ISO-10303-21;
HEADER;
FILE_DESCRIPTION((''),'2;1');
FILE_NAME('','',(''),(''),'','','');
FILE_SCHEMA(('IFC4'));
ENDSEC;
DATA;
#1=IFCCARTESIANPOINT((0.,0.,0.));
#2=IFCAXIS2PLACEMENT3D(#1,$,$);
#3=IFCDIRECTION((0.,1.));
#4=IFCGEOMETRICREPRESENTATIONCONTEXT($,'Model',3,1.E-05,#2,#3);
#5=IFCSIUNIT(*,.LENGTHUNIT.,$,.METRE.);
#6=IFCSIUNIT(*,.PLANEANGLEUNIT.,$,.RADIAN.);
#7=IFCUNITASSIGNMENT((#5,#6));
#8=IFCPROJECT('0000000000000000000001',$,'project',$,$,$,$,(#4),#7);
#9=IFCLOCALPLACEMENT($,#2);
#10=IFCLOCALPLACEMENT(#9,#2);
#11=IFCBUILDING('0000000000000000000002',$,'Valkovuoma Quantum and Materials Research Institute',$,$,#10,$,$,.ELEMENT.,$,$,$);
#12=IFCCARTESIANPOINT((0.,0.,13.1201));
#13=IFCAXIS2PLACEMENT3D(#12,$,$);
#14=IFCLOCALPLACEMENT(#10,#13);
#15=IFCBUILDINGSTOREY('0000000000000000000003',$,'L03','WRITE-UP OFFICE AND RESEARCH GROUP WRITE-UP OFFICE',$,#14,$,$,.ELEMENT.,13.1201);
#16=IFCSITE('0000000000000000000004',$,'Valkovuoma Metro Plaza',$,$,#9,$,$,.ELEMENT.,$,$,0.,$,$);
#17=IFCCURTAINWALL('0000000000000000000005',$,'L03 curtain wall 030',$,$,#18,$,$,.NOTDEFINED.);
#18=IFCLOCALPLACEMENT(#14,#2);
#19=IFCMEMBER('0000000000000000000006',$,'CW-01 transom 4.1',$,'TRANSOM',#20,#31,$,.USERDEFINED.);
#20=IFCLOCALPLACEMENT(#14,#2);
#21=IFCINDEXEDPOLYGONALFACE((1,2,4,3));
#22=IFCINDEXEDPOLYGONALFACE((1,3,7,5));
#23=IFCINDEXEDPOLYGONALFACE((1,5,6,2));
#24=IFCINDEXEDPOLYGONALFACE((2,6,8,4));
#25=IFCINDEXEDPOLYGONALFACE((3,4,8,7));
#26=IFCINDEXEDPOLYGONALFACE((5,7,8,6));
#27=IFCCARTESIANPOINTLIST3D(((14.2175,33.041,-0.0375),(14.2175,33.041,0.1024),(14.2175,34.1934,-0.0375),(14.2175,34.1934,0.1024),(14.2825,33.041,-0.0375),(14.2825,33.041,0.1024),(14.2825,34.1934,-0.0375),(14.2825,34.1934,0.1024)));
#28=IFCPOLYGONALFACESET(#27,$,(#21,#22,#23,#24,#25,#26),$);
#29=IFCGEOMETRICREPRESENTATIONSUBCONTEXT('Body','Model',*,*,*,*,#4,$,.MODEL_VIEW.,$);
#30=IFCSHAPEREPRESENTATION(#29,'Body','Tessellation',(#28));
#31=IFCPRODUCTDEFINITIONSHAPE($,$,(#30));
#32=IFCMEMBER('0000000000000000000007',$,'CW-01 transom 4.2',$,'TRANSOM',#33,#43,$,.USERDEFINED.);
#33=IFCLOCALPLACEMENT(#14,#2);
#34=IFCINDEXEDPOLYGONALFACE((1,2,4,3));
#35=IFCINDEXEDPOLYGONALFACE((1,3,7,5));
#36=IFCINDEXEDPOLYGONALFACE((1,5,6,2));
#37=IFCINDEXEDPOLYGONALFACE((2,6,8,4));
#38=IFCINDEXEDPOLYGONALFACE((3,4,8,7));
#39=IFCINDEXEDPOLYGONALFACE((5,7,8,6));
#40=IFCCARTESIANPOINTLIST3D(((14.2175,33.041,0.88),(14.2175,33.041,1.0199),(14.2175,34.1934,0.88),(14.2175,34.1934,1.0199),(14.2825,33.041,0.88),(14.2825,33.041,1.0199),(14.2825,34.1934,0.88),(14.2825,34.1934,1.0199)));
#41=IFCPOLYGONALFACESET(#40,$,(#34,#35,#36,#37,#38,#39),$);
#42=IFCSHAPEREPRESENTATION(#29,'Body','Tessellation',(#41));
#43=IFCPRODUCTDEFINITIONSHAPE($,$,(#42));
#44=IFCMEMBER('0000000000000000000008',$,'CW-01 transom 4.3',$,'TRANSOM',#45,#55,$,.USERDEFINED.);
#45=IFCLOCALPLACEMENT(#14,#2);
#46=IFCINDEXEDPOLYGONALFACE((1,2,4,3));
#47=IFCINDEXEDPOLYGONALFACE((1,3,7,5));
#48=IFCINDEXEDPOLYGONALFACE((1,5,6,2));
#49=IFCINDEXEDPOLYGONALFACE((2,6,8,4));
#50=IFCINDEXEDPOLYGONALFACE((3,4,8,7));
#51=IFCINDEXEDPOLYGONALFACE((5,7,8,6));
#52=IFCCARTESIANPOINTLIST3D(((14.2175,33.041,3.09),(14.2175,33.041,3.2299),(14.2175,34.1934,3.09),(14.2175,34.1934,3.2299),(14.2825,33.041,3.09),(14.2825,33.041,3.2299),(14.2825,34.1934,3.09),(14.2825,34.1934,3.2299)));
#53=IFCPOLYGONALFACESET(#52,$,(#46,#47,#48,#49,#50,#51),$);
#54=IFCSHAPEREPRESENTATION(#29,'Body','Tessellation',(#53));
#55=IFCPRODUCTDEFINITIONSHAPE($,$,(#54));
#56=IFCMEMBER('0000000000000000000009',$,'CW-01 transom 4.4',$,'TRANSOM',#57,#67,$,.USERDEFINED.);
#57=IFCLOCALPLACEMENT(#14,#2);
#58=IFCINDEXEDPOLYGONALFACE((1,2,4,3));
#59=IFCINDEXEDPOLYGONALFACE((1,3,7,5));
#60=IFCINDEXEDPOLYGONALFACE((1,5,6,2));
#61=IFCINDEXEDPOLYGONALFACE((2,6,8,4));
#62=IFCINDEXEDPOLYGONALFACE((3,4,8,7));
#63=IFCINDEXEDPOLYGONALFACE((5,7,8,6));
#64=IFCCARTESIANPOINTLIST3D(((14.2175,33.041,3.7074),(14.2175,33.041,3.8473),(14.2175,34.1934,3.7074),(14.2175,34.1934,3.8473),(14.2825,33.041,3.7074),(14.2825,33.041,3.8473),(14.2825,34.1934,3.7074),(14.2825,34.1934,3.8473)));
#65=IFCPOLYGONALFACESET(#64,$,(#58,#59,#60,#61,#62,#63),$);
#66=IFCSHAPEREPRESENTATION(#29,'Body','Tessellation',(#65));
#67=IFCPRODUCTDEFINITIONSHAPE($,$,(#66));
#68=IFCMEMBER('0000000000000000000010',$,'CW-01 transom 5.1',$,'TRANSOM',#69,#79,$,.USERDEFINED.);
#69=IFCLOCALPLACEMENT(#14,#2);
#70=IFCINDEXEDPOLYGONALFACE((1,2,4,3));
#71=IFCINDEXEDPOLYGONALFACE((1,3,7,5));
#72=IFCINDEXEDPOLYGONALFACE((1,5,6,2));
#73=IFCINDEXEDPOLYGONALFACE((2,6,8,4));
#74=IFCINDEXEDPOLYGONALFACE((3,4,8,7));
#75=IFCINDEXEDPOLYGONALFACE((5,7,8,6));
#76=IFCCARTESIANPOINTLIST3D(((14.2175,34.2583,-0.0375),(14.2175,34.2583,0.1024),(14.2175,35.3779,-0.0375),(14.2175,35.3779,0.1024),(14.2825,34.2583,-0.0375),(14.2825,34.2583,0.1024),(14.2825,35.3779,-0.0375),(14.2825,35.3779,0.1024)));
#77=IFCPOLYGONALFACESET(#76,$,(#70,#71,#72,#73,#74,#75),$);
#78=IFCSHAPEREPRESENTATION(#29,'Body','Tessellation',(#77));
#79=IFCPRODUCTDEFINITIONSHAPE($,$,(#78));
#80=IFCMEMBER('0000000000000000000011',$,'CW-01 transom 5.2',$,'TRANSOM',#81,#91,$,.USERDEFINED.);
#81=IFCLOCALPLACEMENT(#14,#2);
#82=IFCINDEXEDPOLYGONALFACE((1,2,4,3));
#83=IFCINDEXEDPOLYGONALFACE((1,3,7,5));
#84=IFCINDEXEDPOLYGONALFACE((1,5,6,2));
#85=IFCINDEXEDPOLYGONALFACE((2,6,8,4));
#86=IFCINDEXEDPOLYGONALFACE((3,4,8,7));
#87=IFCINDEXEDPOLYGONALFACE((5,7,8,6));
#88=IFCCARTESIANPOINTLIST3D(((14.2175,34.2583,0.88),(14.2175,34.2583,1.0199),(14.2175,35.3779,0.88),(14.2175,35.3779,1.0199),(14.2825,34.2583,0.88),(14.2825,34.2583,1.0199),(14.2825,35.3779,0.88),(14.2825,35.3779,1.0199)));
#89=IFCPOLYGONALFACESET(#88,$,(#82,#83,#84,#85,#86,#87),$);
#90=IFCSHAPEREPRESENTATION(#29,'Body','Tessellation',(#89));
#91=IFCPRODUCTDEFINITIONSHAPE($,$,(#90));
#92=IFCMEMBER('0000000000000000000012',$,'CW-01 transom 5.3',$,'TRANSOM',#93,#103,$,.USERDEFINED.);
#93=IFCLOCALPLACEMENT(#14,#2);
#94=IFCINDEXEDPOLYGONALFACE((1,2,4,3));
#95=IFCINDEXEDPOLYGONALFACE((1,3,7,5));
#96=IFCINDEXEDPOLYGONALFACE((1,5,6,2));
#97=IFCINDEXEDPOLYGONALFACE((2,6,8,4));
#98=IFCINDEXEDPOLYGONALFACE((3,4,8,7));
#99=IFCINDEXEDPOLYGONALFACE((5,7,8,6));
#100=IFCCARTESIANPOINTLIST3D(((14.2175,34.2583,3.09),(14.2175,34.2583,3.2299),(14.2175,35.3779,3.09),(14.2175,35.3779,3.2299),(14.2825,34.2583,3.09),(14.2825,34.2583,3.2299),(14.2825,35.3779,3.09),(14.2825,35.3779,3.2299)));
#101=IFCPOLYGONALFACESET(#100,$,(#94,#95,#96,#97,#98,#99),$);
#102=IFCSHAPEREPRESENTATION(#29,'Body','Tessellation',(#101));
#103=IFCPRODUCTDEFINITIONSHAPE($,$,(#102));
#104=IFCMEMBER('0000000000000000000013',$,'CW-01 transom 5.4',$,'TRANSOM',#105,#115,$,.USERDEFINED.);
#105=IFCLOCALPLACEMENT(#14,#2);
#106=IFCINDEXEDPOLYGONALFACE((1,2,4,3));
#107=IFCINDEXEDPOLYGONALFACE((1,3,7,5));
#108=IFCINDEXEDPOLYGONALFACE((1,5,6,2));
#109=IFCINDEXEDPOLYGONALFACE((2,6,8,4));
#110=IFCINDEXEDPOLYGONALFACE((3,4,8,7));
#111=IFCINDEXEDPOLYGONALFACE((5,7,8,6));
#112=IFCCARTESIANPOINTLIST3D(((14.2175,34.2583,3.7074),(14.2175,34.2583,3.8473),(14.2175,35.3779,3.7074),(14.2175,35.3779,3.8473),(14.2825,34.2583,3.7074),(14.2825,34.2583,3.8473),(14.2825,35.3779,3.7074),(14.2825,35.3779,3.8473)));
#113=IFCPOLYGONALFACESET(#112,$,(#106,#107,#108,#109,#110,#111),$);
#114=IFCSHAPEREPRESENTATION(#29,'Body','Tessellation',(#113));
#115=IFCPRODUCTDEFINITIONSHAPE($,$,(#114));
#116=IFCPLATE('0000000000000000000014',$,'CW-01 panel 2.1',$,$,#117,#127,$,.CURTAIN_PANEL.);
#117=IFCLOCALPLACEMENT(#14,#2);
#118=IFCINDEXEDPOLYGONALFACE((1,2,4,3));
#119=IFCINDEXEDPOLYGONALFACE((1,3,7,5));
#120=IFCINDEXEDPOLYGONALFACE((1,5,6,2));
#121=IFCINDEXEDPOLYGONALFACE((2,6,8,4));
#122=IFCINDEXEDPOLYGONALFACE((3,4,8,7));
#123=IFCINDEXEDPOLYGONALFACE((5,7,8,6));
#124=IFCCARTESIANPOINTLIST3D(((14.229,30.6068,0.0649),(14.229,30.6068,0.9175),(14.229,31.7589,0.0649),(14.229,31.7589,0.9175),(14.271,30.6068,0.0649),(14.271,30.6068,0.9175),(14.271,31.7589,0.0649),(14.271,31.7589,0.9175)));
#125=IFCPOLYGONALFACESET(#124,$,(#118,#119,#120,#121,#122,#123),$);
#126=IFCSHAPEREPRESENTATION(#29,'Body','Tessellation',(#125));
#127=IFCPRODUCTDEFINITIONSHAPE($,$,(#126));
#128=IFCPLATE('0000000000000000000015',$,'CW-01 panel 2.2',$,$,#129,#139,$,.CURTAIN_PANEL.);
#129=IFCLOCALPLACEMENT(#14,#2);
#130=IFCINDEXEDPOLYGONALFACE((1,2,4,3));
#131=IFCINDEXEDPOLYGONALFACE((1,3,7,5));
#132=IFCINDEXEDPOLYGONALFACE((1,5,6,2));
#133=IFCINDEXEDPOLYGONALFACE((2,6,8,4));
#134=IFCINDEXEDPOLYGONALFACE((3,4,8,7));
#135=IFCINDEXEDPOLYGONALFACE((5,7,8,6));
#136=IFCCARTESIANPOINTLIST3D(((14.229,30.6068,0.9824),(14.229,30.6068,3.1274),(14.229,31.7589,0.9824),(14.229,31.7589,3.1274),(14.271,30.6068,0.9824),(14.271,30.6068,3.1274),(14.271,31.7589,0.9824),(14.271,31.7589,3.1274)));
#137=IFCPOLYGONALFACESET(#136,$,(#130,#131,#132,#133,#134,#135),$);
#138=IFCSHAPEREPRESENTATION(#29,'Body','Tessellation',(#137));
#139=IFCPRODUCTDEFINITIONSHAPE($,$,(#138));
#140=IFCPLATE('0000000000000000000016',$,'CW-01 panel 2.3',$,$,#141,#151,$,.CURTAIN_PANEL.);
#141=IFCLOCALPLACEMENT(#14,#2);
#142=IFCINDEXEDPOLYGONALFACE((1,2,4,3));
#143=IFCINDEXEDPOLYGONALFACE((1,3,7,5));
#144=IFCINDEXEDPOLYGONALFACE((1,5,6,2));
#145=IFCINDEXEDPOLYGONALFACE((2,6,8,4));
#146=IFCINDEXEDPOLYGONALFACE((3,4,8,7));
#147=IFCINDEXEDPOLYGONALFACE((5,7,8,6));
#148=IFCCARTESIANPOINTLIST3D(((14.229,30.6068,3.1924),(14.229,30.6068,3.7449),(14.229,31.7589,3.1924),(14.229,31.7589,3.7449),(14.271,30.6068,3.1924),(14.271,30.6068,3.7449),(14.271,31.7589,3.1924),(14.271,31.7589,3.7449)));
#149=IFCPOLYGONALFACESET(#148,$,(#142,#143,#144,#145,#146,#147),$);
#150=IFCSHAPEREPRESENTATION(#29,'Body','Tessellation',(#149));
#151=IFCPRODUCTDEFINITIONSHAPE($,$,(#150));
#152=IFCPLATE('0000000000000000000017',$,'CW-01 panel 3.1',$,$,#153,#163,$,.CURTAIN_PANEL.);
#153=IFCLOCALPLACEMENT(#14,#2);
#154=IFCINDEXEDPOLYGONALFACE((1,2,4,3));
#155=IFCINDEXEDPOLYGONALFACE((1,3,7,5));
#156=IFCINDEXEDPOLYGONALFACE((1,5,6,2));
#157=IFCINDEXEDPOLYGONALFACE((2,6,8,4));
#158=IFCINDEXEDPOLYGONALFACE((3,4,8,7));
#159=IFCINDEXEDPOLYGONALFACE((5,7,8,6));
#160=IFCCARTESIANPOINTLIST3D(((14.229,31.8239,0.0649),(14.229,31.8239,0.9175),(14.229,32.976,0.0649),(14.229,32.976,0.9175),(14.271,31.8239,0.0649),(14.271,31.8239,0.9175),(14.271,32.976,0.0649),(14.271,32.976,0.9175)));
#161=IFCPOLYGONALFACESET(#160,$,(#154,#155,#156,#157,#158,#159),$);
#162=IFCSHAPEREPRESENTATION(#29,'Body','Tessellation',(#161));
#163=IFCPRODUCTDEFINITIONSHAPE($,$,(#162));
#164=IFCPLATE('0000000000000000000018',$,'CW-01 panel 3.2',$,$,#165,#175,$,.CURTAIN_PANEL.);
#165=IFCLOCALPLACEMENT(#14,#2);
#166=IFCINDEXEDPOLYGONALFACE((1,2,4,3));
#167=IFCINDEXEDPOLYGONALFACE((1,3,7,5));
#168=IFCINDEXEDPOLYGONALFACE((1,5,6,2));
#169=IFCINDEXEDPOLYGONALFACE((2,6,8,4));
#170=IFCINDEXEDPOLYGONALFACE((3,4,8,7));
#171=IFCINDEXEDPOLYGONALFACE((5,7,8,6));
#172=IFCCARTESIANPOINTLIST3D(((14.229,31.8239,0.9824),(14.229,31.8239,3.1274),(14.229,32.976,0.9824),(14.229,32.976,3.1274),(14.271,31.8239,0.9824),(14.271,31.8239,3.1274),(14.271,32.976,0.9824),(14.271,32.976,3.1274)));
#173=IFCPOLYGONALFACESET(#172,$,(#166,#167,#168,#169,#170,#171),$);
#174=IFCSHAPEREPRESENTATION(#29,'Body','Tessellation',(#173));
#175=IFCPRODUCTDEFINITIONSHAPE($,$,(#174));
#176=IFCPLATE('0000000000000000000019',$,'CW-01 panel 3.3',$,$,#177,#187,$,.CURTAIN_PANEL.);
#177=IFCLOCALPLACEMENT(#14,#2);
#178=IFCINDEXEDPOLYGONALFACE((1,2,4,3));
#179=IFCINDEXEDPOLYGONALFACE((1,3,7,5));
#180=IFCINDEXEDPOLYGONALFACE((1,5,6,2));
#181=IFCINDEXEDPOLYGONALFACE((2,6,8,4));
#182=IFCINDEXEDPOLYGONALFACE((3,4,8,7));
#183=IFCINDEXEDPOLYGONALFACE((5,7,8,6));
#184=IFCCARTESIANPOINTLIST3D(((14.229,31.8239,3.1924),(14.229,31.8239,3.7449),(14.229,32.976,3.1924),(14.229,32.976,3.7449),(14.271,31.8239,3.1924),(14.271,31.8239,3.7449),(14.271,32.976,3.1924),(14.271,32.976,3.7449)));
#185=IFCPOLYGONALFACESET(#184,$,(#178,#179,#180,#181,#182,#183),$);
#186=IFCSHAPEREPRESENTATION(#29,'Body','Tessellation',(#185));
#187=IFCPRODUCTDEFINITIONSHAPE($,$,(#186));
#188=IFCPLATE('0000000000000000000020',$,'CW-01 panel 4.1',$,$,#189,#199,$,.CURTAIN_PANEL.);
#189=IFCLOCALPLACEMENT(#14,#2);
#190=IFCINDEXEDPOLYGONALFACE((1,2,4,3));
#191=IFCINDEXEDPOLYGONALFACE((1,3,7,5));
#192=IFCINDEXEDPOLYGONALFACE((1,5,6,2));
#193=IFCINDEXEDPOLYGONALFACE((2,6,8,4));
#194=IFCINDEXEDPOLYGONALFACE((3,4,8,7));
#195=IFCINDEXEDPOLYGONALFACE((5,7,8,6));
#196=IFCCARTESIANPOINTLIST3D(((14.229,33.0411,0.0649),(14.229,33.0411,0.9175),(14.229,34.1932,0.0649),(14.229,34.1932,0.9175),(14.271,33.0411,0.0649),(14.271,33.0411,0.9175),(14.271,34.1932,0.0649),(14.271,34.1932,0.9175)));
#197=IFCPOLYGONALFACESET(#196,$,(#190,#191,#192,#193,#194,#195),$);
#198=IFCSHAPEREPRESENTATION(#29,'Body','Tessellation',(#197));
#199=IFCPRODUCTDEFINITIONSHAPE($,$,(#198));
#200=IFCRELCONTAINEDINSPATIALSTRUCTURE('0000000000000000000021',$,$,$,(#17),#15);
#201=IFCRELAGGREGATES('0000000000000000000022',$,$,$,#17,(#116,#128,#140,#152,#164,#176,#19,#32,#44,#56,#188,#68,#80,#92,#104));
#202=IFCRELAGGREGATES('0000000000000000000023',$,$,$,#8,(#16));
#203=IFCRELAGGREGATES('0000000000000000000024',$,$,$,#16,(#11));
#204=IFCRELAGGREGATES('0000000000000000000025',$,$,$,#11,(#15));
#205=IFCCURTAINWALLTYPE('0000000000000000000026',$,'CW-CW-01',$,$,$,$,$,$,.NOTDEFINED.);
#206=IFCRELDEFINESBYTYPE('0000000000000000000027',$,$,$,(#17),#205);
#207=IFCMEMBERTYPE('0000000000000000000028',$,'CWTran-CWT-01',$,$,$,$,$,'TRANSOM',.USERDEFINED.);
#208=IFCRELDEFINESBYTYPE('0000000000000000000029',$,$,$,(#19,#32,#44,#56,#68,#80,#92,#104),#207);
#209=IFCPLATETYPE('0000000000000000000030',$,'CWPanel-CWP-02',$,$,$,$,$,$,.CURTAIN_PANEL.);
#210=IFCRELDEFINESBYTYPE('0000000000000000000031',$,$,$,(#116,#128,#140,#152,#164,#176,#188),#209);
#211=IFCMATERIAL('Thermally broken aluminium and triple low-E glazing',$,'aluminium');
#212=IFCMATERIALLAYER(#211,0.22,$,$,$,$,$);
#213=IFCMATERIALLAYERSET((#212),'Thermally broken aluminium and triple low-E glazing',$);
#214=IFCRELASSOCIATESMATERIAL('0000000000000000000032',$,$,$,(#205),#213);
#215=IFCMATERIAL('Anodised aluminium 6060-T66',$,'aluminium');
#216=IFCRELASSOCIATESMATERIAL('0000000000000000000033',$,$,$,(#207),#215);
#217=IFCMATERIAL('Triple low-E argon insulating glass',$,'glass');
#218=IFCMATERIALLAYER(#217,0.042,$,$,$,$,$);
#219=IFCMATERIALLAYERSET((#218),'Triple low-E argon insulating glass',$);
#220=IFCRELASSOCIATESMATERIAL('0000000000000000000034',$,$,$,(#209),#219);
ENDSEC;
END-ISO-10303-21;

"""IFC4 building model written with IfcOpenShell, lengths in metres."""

from ifc_helpers import new_model, si_unit, direction, frame, origin, origin_2d, place, context, subcontext, project, spatial, rectangle, extrude, material, layer, layer_set, material_profile, profile_set, type_object, element, aggregate, save


model = new_model("IFC4")

# Units and contexts
model_context = context("Model", 3, precision=1e-05, world=origin(), true_north=direction((0.0, 1.0)))
body_context = subcontext(model_context, "Body", "Model", "MODEL_VIEW")
ifc_project = project(units=[si_unit("LENGTHUNIT", "METRE"), si_unit("PLANEANGLEUNIT", "RADIAN")], contexts=[model_context])

# Site, building, storey
site_placement = place(None, origin())
site = spatial("IfcSite", under=ifc_project, at=site_placement, Name="Valkovuoma Metro Plaza", CompositionType="ELEMENT", RefElevation=0.0)
building_placement = place(site_placement, origin())
building = spatial("IfcBuilding", under=site, at=building_placement, Name="Valkovuoma Quantum and Materials Research Institute", CompositionType="ELEMENT")
storey_placement = place(building_placement, frame((0.0, 0.0, 13.1201)))
storey = spatial("IfcBuildingStorey", under=building, at=storey_placement, Name="L03", Description="WRITE-UP OFFICE AND RESEARCH GROUP WRITE-UP OFFICE", CompositionType="ELEMENT", Elevation=13.1201)

# Curtain wall, members, plates
ifc_material_1 = material(Name="Thermally broken aluminium and triple low-E glazing", Category="aluminium")
ifc_layer_1 = layer(ifc_material_1, 0.22)
ifc_layer_set_1 = layer_set([ifc_layer_1], Name="Thermally broken aluminium and triple low-E glazing")
curtain_wall_type = type_object("IfcCurtainWallType", Name="CW-CW-01", PredefinedType="NOTDEFINED", material=ifc_layer_set_1)
curtain_wall_placement = place(storey_placement, origin())
curtain_wall = element("IfcCurtainWall", 1, at=curtain_wall_placement, inside=storey, type_object=curtain_wall_type, Name="L03 curtain wall 030", PredefinedType="NOTDEFINED")
ifc_material_2 = material(Name="Anodised aluminium 6060-T66", Category="aluminium")
ifc_material_profile_1 = material_profile(ifc_material_2, rectangle(XDim=0.0649, YDim=0.1399, at=origin_2d()), Name="Anodised aluminium 6060-T66")
ifc_profile_set_1 = profile_set([ifc_material_profile_1], Name="Anodised aluminium 6060-T66")
member_type_1 = type_object("IfcMemberType", Name="CWTran-CWT-01", ElementType="TRANSOM", PredefinedType="USERDEFINED", material=ifc_profile_set_1)
member_1_placement = place(storey_placement, frame((14.25, 33.041, 0.0325), z_axis=(0.0, 1.0, 0.0), x_axis=(-1.0, 0.0, 0.0)))
member_1 = element("IfcMember", 2, at=member_1_placement, type_object=member_type_1, Name="CW-01 transom 4.1", ObjectType="TRANSOM", PredefinedType="USERDEFINED", context=body_context, shape_type="SweptSolid", body=[
    extrude(rectangle(XDim=0.0649, YDim=0.1399, at=origin_2d()), origin(), (0.0, 0.0, 1.0), 1.1523),
])
member_2_placement = place(storey_placement, frame((14.25, 33.041, 0.95), z_axis=(0.0, 1.0, 0.0), x_axis=(-1.0, 0.0, 0.0)))
member_2 = element("IfcMember", 3, at=member_2_placement, type_object=member_type_1, Name="CW-01 transom 4.2", ObjectType="TRANSOM", PredefinedType="USERDEFINED", context=body_context, shape_type="SweptSolid", body=[
    extrude(rectangle(XDim=0.0649, YDim=0.1399, at=origin_2d()), origin(), (0.0, 0.0, 1.0), 1.1523),
])
member_3_placement = place(storey_placement, frame((14.25, 33.041, 3.1599), z_axis=(0.0, 1.0, 0.0), x_axis=(-1.0, 0.0, 0.0)))
member_3 = element("IfcMember", 4, at=member_3_placement, type_object=member_type_1, Name="CW-01 transom 4.3", ObjectType="TRANSOM", PredefinedType="USERDEFINED", context=body_context, shape_type="SweptSolid", body=[
    extrude(rectangle(XDim=0.0649, YDim=0.1399, at=origin_2d()), origin(), (0.0, 0.0, 1.0), 1.1523),
])
member_4_placement = place(storey_placement, frame((14.25, 33.041, 3.7773), z_axis=(0.0, 1.0, 0.0), x_axis=(-1.0, 0.0, 0.0)))
member_4 = element("IfcMember", 5, at=member_4_placement, type_object=member_type_1, Name="CW-01 transom 4.4", ObjectType="TRANSOM", PredefinedType="USERDEFINED", context=body_context, shape_type="SweptSolid", body=[
    extrude(rectangle(XDim=0.0649, YDim=0.1399, at=origin_2d()), origin(), (0.0, 0.0, 1.0), 1.1523),
])
member_5_placement = place(storey_placement, frame((14.25, 34.2583, 0.0325), z_axis=(0.0, 1.0, 0.0), x_axis=(-1.0, 0.0, 0.0)))
member_5 = element("IfcMember", 6, at=member_5_placement, type_object=member_type_1, Name="CW-01 transom 5.1", ObjectType="TRANSOM", PredefinedType="USERDEFINED", context=body_context, shape_type="SweptSolid", body=[
    extrude(rectangle(XDim=0.0649, YDim=0.1399, at=origin_2d()), origin(), (0.0, 0.0, 1.0), 1.1196),
])
member_6_placement = place(storey_placement, frame((14.25, 34.2583, 0.95), z_axis=(0.0, 1.0, 0.0), x_axis=(-1.0, 0.0, 0.0)))
member_6 = element("IfcMember", 7, at=member_6_placement, type_object=member_type_1, Name="CW-01 transom 5.2", ObjectType="TRANSOM", PredefinedType="USERDEFINED", context=body_context, shape_type="SweptSolid", body=[
    extrude(rectangle(XDim=0.0649, YDim=0.1399, at=origin_2d()), origin(), (0.0, 0.0, 1.0), 1.1196),
])
member_7_placement = place(storey_placement, frame((14.25, 34.2583, 3.1599), z_axis=(0.0, 1.0, 0.0), x_axis=(-1.0, 0.0, 0.0)))
member_7 = element("IfcMember", 8, at=member_7_placement, type_object=member_type_1, Name="CW-01 transom 5.3", ObjectType="TRANSOM", PredefinedType="USERDEFINED", context=body_context, shape_type="SweptSolid", body=[
    extrude(rectangle(XDim=0.0649, YDim=0.1399, at=origin_2d()), origin(), (0.0, 0.0, 1.0), 1.1196),
])
member_8_placement = place(storey_placement, frame((14.25, 34.2583, 3.7773), z_axis=(0.0, 1.0, 0.0), x_axis=(-1.0, 0.0, 0.0)))
member_8 = element("IfcMember", 9, at=member_8_placement, type_object=member_type_1, Name="CW-01 transom 5.4", ObjectType="TRANSOM", PredefinedType="USERDEFINED", context=body_context, shape_type="SweptSolid", body=[
    extrude(rectangle(XDim=0.0649, YDim=0.1399, at=origin_2d()), origin(), (0.0, 0.0, 1.0), 1.1196),
])
ifc_material_3 = material(Name="Triple low-E argon insulating glass", Category="glass")
ifc_layer_2 = layer(ifc_material_3, 0.042)
ifc_layer_set_2 = layer_set([ifc_layer_2], Name="Triple low-E argon insulating glass")
plate_type = type_object("IfcPlateType", Name="CWPanel-CWP-02", PredefinedType="CURTAIN_PANEL", material=ifc_layer_set_2)
plate_1_placement = place(storey_placement, frame((14.25, 31.1829, 0.0649), z_axis=(0.0, 0.0, 1.0), x_axis=(0.0, 1.0, 0.0)))
plate_1 = element("IfcPlate", 10, at=plate_1_placement, type_object=plate_type, Name="CW-01 panel 2.1", PredefinedType="CURTAIN_PANEL", context=body_context, shape_type="SweptSolid", body=[
    extrude(rectangle(XDim=1.1521, YDim=0.042, at=origin_2d()), origin(), (0.0, 0.0, 1.0), 0.8525),
])
plate_2_placement = place(storey_placement, frame((14.25, 31.1829, 0.9824), z_axis=(0.0, 0.0, 1.0), x_axis=(0.0, 1.0, 0.0)))
plate_2 = element("IfcPlate", 11, at=plate_2_placement, type_object=plate_type, Name="CW-01 panel 2.2", PredefinedType="CURTAIN_PANEL", context=body_context, shape_type="SweptSolid", body=[
    extrude(rectangle(XDim=1.1521, YDim=0.042, at=origin_2d()), origin(), (0.0, 0.0, 1.0), 2.145),
])
plate_3_placement = place(storey_placement, frame((14.25, 31.1829, 3.1924), z_axis=(0.0, 0.0, 1.0), x_axis=(0.0, 1.0, 0.0)))
plate_3 = element("IfcPlate", 12, at=plate_3_placement, type_object=plate_type, Name="CW-01 panel 2.3", PredefinedType="CURTAIN_PANEL", context=body_context, shape_type="SweptSolid", body=[
    extrude(rectangle(XDim=1.1521, YDim=0.042, at=origin_2d()), origin(), (0.0, 0.0, 1.0), 0.5525),
])
plate_4_placement = place(storey_placement, frame((14.25, 32.3999, 0.0649), z_axis=(0.0, 0.0, 1.0), x_axis=(0.0, 1.0, 0.0)))
plate_4 = element("IfcPlate", 13, at=plate_4_placement, type_object=plate_type, Name="CW-01 panel 3.1", PredefinedType="CURTAIN_PANEL", context=body_context, shape_type="SweptSolid", body=[
    extrude(rectangle(XDim=1.1521, YDim=0.042, at=origin_2d()), origin(), (0.0, 0.0, 1.0), 0.8525),
])
plate_5_placement = place(storey_placement, frame((14.25, 32.3999, 0.9824), z_axis=(0.0, 0.0, 1.0), x_axis=(0.0, 1.0, 0.0)))
plate_5 = element("IfcPlate", 14, at=plate_5_placement, type_object=plate_type, Name="CW-01 panel 3.2", PredefinedType="CURTAIN_PANEL", context=body_context, shape_type="SweptSolid", body=[
    extrude(rectangle(XDim=1.1521, YDim=0.042, at=origin_2d()), origin(), (0.0, 0.0, 1.0), 2.145),
])
plate_6_placement = place(storey_placement, frame((14.25, 32.3999, 3.1924), z_axis=(0.0, 0.0, 1.0), x_axis=(0.0, 1.0, 0.0)))
plate_6 = element("IfcPlate", 15, at=plate_6_placement, type_object=plate_type, Name="CW-01 panel 3.3", PredefinedType="CURTAIN_PANEL", context=body_context, shape_type="SweptSolid", body=[
    extrude(rectangle(XDim=1.1521, YDim=0.042, at=origin_2d()), origin(), (0.0, 0.0, 1.0), 0.5525),
])
plate_7_placement = place(storey_placement, frame((14.25, 33.6172, 0.0649), z_axis=(0.0, 0.0, 1.0), x_axis=(0.0, 1.0, 0.0)))
plate_7 = element("IfcPlate", 16, at=plate_7_placement, type_object=plate_type, Name="CW-01 panel 4.1", PredefinedType="CURTAIN_PANEL", context=body_context, shape_type="SweptSolid", body=[
    extrude(rectangle(XDim=1.1521, YDim=0.042, at=origin_2d()), origin(), (0.0, 0.0, 1.0), 0.8525),
])
aggregate(curtain_wall, [plate_1, plate_2, plate_3, plate_4, plate_5, plate_6, member_1, member_2, member_3, member_4, plate_7, member_5, member_6, member_7, member_8])

save(model, "model.ifc")
